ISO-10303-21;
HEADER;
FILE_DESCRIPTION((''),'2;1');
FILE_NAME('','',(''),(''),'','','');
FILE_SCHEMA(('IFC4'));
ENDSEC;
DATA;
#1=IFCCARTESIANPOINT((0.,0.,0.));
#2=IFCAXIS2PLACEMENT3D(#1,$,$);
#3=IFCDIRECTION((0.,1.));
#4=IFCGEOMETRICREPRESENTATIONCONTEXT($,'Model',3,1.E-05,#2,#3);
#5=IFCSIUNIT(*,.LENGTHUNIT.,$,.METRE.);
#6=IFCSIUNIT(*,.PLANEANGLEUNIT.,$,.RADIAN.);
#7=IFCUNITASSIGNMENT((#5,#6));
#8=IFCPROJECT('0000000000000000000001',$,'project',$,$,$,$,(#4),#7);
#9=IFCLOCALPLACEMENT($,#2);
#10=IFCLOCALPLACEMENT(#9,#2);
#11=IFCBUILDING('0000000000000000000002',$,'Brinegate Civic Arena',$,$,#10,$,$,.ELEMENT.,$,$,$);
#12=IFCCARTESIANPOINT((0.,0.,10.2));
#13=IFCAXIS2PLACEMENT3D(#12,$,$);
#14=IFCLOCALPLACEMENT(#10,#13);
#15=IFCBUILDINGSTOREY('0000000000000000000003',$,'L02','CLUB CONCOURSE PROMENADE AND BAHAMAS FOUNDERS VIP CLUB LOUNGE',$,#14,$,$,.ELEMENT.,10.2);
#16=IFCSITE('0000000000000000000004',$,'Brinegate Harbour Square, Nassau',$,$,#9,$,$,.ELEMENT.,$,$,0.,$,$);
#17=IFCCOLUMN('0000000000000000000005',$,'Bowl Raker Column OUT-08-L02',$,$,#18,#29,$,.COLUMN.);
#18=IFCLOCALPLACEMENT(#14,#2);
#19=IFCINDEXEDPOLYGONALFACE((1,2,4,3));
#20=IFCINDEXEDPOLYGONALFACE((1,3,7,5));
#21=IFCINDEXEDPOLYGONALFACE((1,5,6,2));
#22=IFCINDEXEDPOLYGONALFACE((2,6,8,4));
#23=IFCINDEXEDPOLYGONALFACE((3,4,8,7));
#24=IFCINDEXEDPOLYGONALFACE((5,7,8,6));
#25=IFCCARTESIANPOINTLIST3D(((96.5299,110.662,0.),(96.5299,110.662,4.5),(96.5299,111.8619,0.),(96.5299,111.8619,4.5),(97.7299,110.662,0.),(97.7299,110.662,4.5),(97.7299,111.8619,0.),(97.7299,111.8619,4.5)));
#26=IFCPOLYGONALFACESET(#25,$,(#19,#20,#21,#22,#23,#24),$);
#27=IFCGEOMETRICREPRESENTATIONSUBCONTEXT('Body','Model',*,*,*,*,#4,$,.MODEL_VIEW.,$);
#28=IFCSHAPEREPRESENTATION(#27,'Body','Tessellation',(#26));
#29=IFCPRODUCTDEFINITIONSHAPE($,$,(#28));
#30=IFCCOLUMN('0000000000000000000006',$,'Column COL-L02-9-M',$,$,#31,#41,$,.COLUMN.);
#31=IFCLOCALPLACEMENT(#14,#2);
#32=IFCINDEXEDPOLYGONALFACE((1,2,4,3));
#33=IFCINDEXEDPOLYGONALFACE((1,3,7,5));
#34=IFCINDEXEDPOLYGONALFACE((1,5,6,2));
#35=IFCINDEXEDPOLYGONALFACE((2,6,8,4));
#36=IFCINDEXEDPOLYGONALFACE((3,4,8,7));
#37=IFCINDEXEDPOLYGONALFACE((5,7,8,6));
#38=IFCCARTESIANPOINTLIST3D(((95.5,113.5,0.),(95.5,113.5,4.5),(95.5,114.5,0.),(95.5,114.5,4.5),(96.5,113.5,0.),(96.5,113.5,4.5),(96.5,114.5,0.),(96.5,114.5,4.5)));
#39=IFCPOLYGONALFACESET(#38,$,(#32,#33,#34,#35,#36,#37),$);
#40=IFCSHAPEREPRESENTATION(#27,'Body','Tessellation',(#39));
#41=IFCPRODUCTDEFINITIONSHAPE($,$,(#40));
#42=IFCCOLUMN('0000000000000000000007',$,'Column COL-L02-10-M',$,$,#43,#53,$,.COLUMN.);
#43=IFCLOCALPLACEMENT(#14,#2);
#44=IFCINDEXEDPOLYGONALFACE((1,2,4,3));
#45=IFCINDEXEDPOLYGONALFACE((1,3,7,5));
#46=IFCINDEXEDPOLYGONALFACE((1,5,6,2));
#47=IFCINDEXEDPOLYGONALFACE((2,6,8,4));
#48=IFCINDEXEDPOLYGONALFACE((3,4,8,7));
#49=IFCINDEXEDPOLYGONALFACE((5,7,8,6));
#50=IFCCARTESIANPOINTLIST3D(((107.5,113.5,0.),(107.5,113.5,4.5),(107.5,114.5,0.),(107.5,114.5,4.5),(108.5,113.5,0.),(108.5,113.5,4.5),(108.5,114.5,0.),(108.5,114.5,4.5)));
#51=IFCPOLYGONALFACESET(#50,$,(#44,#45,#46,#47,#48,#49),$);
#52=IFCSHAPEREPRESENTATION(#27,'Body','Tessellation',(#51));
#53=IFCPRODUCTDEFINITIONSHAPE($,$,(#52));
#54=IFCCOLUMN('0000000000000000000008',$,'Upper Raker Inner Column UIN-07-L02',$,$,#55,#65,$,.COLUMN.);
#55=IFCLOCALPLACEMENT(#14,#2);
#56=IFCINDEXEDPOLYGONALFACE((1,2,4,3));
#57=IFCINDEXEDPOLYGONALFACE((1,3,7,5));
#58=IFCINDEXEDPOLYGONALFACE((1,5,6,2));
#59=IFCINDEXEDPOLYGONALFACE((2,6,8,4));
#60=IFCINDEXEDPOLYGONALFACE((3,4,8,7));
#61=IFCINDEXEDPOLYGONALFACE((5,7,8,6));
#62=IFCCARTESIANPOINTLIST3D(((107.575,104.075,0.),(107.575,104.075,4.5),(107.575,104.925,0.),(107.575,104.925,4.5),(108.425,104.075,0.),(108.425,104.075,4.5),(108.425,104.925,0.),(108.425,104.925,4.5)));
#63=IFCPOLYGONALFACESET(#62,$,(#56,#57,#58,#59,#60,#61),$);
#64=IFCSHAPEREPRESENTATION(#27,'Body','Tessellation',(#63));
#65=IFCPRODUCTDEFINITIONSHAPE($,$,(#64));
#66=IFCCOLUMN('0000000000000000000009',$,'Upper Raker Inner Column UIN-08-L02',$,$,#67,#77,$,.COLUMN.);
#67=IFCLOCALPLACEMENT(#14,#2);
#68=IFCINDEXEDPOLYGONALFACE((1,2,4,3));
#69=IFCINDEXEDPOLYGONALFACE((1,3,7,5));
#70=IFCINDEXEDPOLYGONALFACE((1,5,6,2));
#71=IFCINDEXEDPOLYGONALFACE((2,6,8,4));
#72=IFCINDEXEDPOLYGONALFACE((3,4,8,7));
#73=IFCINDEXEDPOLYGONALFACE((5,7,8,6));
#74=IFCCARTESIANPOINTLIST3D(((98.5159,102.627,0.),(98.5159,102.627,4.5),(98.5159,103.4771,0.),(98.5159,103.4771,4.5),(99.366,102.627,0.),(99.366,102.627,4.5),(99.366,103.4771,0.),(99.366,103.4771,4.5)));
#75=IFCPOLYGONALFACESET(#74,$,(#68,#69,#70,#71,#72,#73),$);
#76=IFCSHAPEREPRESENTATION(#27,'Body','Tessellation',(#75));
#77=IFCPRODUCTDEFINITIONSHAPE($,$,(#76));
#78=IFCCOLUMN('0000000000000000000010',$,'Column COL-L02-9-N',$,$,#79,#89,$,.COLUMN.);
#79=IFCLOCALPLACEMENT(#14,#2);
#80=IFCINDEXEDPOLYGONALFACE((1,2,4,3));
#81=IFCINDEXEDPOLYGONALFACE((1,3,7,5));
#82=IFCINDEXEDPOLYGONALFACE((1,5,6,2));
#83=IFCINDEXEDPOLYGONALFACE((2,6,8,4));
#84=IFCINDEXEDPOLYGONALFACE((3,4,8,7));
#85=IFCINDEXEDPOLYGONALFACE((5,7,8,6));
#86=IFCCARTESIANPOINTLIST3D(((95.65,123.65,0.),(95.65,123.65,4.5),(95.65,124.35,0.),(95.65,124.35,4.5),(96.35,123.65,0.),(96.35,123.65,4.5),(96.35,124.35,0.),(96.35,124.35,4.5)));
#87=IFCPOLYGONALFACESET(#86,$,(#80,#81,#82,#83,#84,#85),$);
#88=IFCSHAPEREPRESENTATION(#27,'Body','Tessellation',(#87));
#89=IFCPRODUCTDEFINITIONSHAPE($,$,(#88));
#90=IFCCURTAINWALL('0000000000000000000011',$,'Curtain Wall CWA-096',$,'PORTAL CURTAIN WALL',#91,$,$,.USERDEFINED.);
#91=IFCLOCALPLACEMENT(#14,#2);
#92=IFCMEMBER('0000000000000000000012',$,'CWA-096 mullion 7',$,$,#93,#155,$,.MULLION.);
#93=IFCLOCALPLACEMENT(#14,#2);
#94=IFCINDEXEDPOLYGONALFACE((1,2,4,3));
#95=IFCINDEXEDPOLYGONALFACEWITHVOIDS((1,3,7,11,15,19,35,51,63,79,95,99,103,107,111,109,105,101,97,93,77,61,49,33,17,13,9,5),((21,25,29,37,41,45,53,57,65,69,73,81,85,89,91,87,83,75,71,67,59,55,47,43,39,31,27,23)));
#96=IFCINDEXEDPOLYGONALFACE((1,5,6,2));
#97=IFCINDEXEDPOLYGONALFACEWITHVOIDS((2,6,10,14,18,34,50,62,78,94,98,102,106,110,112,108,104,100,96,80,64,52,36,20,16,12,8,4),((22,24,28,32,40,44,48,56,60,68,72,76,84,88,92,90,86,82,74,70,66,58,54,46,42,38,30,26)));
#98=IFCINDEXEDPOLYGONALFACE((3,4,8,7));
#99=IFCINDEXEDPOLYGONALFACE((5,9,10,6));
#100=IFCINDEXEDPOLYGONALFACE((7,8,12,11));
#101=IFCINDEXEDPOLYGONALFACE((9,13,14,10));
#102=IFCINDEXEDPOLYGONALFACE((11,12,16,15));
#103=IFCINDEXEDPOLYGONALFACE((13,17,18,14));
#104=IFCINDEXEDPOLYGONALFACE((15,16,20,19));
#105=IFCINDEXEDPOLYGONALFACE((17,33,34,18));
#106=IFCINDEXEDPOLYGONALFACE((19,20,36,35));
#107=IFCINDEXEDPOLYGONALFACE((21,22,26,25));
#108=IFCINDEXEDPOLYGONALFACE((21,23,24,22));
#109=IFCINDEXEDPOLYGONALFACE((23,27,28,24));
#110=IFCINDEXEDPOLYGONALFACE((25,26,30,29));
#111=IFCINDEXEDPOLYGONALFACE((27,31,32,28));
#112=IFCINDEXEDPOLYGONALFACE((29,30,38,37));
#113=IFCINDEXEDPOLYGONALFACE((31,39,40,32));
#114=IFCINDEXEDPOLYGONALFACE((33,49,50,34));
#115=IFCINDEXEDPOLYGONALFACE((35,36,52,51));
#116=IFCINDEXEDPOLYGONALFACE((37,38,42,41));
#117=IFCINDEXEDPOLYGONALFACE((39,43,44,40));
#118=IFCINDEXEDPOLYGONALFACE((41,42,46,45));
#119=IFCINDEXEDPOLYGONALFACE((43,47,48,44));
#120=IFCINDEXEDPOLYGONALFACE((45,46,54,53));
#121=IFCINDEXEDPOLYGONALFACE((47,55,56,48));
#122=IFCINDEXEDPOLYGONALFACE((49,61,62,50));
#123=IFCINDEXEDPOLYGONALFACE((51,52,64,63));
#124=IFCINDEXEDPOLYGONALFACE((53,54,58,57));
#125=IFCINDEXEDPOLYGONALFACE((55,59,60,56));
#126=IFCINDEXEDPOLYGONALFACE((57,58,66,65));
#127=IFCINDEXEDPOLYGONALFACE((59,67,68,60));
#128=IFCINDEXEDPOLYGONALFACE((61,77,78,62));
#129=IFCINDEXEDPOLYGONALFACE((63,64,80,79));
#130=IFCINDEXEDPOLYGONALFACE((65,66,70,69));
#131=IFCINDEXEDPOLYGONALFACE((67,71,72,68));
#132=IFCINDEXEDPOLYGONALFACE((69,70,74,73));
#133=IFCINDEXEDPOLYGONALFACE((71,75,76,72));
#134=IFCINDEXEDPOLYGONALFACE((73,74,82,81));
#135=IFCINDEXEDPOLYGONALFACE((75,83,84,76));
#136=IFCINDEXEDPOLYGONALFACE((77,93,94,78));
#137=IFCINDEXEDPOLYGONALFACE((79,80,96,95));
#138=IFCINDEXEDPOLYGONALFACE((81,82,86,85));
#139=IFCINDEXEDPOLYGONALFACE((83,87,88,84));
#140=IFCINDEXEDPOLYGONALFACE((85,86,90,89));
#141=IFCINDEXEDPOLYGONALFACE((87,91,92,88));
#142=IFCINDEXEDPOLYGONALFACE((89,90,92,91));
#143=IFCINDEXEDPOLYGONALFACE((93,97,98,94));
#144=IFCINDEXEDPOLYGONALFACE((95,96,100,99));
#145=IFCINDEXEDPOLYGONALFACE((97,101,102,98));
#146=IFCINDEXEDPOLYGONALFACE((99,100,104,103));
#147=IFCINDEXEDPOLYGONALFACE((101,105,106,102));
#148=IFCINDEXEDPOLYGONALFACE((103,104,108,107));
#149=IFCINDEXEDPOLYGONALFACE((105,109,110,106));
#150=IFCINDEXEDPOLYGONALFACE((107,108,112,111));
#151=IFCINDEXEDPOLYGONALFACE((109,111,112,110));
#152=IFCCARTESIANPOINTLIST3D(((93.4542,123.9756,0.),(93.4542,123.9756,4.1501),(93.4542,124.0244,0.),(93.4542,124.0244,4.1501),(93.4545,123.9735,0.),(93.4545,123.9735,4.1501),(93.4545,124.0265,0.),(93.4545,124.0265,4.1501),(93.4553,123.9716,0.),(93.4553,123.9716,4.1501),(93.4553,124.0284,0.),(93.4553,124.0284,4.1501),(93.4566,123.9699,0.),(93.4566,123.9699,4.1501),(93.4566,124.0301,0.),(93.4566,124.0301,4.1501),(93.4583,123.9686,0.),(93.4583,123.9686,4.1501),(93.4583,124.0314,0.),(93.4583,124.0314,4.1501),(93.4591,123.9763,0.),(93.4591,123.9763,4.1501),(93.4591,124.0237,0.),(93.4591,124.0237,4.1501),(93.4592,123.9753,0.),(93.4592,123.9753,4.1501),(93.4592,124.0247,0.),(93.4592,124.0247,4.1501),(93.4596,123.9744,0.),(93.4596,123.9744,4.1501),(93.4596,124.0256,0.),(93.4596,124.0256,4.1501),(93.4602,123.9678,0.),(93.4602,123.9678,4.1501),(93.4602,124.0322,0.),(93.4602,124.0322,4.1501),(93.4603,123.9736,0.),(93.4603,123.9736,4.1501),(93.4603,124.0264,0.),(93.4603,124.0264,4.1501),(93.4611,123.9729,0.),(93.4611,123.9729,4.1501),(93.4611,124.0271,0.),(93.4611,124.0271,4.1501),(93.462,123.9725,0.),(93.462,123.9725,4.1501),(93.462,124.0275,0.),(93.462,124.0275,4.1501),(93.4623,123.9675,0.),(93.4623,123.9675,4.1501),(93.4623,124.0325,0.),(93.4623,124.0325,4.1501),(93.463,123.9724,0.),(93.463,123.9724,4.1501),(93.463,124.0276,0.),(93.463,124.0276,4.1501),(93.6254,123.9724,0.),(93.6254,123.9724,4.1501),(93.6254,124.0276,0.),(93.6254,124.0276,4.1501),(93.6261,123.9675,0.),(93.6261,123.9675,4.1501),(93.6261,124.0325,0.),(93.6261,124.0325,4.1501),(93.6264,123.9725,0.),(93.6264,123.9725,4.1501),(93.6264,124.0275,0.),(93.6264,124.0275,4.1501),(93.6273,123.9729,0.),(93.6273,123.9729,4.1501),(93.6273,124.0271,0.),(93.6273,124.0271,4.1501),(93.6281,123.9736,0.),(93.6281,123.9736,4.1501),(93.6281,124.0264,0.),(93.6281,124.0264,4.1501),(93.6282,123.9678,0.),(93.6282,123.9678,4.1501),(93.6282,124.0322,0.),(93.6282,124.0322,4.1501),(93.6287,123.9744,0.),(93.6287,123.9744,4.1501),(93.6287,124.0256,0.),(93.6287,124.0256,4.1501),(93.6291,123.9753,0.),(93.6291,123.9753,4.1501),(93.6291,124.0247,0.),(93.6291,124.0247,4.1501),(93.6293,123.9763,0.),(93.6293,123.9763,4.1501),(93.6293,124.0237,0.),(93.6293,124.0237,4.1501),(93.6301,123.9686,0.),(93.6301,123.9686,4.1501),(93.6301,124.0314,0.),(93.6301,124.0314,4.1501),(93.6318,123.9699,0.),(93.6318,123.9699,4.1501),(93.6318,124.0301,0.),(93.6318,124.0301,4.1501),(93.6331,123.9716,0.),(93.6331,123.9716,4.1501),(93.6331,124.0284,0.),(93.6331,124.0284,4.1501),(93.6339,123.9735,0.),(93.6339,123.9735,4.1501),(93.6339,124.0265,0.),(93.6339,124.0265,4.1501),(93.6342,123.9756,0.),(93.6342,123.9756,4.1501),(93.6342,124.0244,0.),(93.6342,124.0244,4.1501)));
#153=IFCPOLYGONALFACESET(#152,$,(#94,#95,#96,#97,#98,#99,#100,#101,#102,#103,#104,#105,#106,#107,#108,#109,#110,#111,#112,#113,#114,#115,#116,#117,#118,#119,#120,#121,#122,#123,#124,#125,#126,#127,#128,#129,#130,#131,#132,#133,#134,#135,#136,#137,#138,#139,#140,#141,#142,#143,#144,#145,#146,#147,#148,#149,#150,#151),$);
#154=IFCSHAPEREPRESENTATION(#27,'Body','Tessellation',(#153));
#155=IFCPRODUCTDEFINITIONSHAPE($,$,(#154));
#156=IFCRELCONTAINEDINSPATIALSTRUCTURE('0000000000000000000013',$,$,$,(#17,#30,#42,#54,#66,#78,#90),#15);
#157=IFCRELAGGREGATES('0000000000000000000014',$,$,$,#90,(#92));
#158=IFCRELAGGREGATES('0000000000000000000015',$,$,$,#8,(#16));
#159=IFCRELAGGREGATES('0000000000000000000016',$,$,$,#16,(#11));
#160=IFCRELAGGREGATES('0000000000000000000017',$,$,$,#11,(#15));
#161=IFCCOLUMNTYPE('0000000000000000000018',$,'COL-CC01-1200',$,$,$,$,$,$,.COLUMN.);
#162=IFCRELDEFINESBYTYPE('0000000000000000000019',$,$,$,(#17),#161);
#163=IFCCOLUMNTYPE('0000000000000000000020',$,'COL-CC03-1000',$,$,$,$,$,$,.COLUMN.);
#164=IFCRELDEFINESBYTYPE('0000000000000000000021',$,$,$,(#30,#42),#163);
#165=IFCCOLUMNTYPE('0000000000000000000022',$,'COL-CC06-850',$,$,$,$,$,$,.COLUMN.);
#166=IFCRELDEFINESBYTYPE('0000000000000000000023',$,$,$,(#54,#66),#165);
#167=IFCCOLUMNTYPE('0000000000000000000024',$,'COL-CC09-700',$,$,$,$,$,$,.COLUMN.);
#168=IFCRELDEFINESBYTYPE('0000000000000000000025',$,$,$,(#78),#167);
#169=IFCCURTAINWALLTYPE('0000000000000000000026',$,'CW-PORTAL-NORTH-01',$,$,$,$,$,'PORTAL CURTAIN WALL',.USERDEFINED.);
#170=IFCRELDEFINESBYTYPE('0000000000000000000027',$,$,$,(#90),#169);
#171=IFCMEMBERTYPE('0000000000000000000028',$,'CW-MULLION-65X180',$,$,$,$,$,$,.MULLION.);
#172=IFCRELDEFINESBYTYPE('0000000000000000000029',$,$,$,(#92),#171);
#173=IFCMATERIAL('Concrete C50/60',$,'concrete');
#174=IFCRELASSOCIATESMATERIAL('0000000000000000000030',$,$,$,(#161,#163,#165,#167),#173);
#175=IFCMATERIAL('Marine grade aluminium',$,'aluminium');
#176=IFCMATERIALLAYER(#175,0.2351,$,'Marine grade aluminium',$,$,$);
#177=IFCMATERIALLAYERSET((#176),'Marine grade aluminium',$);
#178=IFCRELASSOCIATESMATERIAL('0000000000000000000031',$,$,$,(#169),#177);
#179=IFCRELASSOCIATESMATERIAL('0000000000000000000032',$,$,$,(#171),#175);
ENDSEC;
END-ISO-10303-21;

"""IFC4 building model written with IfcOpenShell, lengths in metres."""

from ifc_helpers import new_model, si_unit, direction, frame, origin, origin_2d, place, context, subcontext, project, spatial, rectangle, hollow_rectangle, extrude, material, layer, layer_set, material_profile, profile_set, type_object, element, aggregate, save


model = new_model("IFC4")

# Units and contexts
model_context = context("Model", 3, precision=1e-05, world=origin(), true_north=direction((0.0, 1.0)))
body_context = subcontext(model_context, "Body", "Model", "MODEL_VIEW")
ifc_project = project(units=[si_unit("LENGTHUNIT", "METRE"), si_unit("PLANEANGLEUNIT", "RADIAN")], contexts=[model_context])

# Site, building, storey
site_placement = place(None, origin())
site = spatial("IfcSite", under=ifc_project, at=site_placement, Name="Brinegate Harbour Square, Nassau", CompositionType="ELEMENT", RefElevation=0.0)
building_placement = place(site_placement, origin())
building = spatial("IfcBuilding", under=site, at=building_placement, Name="Brinegate Civic Arena", CompositionType="ELEMENT")
storey_placement = place(building_placement, frame((0.0, 0.0, 10.2)))
storey = spatial("IfcBuildingStorey", under=building, at=storey_placement, Name="L02", Description="CLUB CONCOURSE PROMENADE AND BAHAMAS FOUNDERS VIP CLUB LOUNGE", CompositionType="ELEMENT", Elevation=10.2)

# Columns
ifc_material_1 = material(Name="Concrete C50/60", Category="concrete")
ifc_material_profile_1 = material_profile(ifc_material_1, rectangle(XDim=1.2, YDim=1.2, at=origin_2d()), Name="RC1200X1200")
ifc_profile_set_1 = profile_set([ifc_material_profile_1], Name="Concrete C50/60")
column_type_1 = type_object("IfcColumnType", Name="COL-CC01-1200", PredefinedType="COLUMN", material=ifc_profile_set_1)
column_1_placement = place(storey_placement, frame((97.1299, 111.262, 0.0), z_axis=(0.0, 0.0, 1.0), x_axis=(1.0, 0.0, 0.0)))
element("IfcColumn", 1, at=column_1_placement, inside=storey, type_object=column_type_1, Name="Bowl Raker Column OUT-08-L02", PredefinedType="COLUMN", context=body_context, shape_type="SweptSolid", body=[
    extrude(rectangle(XDim=1.2, YDim=1.2, at=origin_2d()), origin(), (0.0, 0.0, 1.0), 4.5),
])
ifc_material_profile_2 = material_profile(ifc_material_1, rectangle(XDim=1.0, YDim=1.0, at=origin_2d()), Name="RC1000X1000")
ifc_profile_set_2 = profile_set([ifc_material_profile_2], Name="Concrete C50/60")
column_type_2 = type_object("IfcColumnType", Name="COL-CC03-1000", PredefinedType="COLUMN", material=ifc_profile_set_2)
for number, where, z_axis, x_axis, name in (
    (2, (96.0, 114.0, 0.0), (0.0, 0.0, 1.0), (1.0, 0.0, 0.0), "Column COL-L02-9-M"),
    (3, (108.0, 114.0, 0.0), (0.0, 0.0, 1.0), (1.0, 0.0, 0.0), "Column COL-L02-10-M"),
):
    element("IfcColumn", number, at=place(storey_placement, frame(where, z_axis=z_axis, x_axis=x_axis)), inside=storey, type_object=column_type_2, Name=name, PredefinedType="COLUMN", context=body_context, shape_type="SweptSolid", body=[
        extrude(rectangle(XDim=1.0, YDim=1.0, at=origin_2d()), origin(), (0.0, 0.0, 1.0), 4.5),
    ])
ifc_material_profile_3 = material_profile(ifc_material_1, rectangle(XDim=0.8501, YDim=0.8501, at=origin_2d()), Name="RC850X850")
ifc_profile_set_3 = profile_set([ifc_material_profile_3], Name="Concrete C50/60")
column_type_3 = type_object("IfcColumnType", Name="COL-CC06-850", PredefinedType="COLUMN", material=ifc_profile_set_3)
for number, where, z_axis, x_axis, name in (
    (4, (108.0, 104.5, 0.0), (0.0, 0.0, 1.0), (1.0, 0.0, 0.0), "Upper Raker Inner Column UIN-07-L02"),
    (5, (98.9409, 103.052, 0.0), (0.0, 0.0, 1.0), (1.0, 0.0, 0.0), "Upper Raker Inner Column UIN-08-L02"),
):
    element("IfcColumn", number, at=place(storey_placement, frame(where, z_axis=z_axis, x_axis=x_axis)), inside=storey, type_object=column_type_3, Name=name, PredefinedType="COLUMN", context=body_context, shape_type="SweptSolid", body=[
        extrude(rectangle(XDim=0.8501, YDim=0.8501, at=origin_2d()), origin(), (0.0, 0.0, 1.0), 4.5),
    ])
ifc_material_profile_4 = material_profile(ifc_material_1, rectangle(XDim=0.7, YDim=0.7, at=origin_2d()), Name="RC700X700")
ifc_profile_set_4 = profile_set([ifc_material_profile_4], Name="Concrete C50/60")
column_type_4 = type_object("IfcColumnType", Name="COL-CC09-700", PredefinedType="COLUMN", material=ifc_profile_set_4)
column_2_placement = place(storey_placement, frame((96.0, 124.0, 0.0), z_axis=(0.0, 0.0, 1.0), x_axis=(1.0, 0.0, 0.0)))
element("IfcColumn", 6, at=column_2_placement, inside=storey, type_object=column_type_4, Name="Column COL-L02-9-N", PredefinedType="COLUMN", context=body_context, shape_type="SweptSolid", body=[
    extrude(rectangle(XDim=0.7, YDim=0.7, at=origin_2d()), origin(), (0.0, 0.0, 1.0), 4.5),
])

# Curtain wall, member
ifc_material_2 = material(Name="Marine grade aluminium", Category="aluminium")
ifc_layer_1 = layer(ifc_material_2, 0.2351, Name="Marine grade aluminium")
ifc_layer_set_1 = layer_set([ifc_layer_1], Name="Marine grade aluminium")
curtain_wall_type = type_object("IfcCurtainWallType", Name="CW-PORTAL-NORTH-01", ElementType="PORTAL CURTAIN WALL", PredefinedType="USERDEFINED", material=ifc_layer_set_1)
curtain_wall_1_placement = place(storey_placement, origin())
curtain_wall_1 = element("IfcCurtainWall", 7, at=curtain_wall_1_placement, inside=storey, type_object=curtain_wall_type, Name="Curtain Wall CWA-096", ObjectType="PORTAL CURTAIN WALL", PredefinedType="USERDEFINED")
ifc_material_profile_5 = material_profile(ifc_material_2, hollow_rectangle(XDim=0.0649, YDim=0.1799, WallThickness=0.0049, InnerFilletRadius=0.0039, OuterFilletRadius=0.0081, at=origin_2d()), Name="MUL65X180")
ifc_profile_set_5 = profile_set([ifc_material_profile_5], Name="Marine grade aluminium")
member_type_1 = type_object("IfcMemberType", Name="CW-MULLION-65X180", PredefinedType="MULLION", material=ifc_profile_set_5)
member_1_placement = place(storey_placement, frame((93.5442, 124.0, 0.0), z_axis=(0.0, 0.0, 1.0), x_axis=(0.0, 1.0, 0.0)))
member_1 = element("IfcMember", 8, at=member_1_placement, type_object=member_type_1, Name="CWA-096 mullion 7", PredefinedType="MULLION", context=body_context, shape_type="SweptSolid", body=[
    extrude(hollow_rectangle(XDim=0.0649, YDim=0.1799, WallThickness=0.0049, InnerFilletRadius=0.0039, OuterFilletRadius=0.0081, at=origin_2d()), origin(), (0.0, 0.0, 1.0), 4.1501),
])

aggregate(curtain_wall_1, [member_1])

save(model, "model.ifc")
